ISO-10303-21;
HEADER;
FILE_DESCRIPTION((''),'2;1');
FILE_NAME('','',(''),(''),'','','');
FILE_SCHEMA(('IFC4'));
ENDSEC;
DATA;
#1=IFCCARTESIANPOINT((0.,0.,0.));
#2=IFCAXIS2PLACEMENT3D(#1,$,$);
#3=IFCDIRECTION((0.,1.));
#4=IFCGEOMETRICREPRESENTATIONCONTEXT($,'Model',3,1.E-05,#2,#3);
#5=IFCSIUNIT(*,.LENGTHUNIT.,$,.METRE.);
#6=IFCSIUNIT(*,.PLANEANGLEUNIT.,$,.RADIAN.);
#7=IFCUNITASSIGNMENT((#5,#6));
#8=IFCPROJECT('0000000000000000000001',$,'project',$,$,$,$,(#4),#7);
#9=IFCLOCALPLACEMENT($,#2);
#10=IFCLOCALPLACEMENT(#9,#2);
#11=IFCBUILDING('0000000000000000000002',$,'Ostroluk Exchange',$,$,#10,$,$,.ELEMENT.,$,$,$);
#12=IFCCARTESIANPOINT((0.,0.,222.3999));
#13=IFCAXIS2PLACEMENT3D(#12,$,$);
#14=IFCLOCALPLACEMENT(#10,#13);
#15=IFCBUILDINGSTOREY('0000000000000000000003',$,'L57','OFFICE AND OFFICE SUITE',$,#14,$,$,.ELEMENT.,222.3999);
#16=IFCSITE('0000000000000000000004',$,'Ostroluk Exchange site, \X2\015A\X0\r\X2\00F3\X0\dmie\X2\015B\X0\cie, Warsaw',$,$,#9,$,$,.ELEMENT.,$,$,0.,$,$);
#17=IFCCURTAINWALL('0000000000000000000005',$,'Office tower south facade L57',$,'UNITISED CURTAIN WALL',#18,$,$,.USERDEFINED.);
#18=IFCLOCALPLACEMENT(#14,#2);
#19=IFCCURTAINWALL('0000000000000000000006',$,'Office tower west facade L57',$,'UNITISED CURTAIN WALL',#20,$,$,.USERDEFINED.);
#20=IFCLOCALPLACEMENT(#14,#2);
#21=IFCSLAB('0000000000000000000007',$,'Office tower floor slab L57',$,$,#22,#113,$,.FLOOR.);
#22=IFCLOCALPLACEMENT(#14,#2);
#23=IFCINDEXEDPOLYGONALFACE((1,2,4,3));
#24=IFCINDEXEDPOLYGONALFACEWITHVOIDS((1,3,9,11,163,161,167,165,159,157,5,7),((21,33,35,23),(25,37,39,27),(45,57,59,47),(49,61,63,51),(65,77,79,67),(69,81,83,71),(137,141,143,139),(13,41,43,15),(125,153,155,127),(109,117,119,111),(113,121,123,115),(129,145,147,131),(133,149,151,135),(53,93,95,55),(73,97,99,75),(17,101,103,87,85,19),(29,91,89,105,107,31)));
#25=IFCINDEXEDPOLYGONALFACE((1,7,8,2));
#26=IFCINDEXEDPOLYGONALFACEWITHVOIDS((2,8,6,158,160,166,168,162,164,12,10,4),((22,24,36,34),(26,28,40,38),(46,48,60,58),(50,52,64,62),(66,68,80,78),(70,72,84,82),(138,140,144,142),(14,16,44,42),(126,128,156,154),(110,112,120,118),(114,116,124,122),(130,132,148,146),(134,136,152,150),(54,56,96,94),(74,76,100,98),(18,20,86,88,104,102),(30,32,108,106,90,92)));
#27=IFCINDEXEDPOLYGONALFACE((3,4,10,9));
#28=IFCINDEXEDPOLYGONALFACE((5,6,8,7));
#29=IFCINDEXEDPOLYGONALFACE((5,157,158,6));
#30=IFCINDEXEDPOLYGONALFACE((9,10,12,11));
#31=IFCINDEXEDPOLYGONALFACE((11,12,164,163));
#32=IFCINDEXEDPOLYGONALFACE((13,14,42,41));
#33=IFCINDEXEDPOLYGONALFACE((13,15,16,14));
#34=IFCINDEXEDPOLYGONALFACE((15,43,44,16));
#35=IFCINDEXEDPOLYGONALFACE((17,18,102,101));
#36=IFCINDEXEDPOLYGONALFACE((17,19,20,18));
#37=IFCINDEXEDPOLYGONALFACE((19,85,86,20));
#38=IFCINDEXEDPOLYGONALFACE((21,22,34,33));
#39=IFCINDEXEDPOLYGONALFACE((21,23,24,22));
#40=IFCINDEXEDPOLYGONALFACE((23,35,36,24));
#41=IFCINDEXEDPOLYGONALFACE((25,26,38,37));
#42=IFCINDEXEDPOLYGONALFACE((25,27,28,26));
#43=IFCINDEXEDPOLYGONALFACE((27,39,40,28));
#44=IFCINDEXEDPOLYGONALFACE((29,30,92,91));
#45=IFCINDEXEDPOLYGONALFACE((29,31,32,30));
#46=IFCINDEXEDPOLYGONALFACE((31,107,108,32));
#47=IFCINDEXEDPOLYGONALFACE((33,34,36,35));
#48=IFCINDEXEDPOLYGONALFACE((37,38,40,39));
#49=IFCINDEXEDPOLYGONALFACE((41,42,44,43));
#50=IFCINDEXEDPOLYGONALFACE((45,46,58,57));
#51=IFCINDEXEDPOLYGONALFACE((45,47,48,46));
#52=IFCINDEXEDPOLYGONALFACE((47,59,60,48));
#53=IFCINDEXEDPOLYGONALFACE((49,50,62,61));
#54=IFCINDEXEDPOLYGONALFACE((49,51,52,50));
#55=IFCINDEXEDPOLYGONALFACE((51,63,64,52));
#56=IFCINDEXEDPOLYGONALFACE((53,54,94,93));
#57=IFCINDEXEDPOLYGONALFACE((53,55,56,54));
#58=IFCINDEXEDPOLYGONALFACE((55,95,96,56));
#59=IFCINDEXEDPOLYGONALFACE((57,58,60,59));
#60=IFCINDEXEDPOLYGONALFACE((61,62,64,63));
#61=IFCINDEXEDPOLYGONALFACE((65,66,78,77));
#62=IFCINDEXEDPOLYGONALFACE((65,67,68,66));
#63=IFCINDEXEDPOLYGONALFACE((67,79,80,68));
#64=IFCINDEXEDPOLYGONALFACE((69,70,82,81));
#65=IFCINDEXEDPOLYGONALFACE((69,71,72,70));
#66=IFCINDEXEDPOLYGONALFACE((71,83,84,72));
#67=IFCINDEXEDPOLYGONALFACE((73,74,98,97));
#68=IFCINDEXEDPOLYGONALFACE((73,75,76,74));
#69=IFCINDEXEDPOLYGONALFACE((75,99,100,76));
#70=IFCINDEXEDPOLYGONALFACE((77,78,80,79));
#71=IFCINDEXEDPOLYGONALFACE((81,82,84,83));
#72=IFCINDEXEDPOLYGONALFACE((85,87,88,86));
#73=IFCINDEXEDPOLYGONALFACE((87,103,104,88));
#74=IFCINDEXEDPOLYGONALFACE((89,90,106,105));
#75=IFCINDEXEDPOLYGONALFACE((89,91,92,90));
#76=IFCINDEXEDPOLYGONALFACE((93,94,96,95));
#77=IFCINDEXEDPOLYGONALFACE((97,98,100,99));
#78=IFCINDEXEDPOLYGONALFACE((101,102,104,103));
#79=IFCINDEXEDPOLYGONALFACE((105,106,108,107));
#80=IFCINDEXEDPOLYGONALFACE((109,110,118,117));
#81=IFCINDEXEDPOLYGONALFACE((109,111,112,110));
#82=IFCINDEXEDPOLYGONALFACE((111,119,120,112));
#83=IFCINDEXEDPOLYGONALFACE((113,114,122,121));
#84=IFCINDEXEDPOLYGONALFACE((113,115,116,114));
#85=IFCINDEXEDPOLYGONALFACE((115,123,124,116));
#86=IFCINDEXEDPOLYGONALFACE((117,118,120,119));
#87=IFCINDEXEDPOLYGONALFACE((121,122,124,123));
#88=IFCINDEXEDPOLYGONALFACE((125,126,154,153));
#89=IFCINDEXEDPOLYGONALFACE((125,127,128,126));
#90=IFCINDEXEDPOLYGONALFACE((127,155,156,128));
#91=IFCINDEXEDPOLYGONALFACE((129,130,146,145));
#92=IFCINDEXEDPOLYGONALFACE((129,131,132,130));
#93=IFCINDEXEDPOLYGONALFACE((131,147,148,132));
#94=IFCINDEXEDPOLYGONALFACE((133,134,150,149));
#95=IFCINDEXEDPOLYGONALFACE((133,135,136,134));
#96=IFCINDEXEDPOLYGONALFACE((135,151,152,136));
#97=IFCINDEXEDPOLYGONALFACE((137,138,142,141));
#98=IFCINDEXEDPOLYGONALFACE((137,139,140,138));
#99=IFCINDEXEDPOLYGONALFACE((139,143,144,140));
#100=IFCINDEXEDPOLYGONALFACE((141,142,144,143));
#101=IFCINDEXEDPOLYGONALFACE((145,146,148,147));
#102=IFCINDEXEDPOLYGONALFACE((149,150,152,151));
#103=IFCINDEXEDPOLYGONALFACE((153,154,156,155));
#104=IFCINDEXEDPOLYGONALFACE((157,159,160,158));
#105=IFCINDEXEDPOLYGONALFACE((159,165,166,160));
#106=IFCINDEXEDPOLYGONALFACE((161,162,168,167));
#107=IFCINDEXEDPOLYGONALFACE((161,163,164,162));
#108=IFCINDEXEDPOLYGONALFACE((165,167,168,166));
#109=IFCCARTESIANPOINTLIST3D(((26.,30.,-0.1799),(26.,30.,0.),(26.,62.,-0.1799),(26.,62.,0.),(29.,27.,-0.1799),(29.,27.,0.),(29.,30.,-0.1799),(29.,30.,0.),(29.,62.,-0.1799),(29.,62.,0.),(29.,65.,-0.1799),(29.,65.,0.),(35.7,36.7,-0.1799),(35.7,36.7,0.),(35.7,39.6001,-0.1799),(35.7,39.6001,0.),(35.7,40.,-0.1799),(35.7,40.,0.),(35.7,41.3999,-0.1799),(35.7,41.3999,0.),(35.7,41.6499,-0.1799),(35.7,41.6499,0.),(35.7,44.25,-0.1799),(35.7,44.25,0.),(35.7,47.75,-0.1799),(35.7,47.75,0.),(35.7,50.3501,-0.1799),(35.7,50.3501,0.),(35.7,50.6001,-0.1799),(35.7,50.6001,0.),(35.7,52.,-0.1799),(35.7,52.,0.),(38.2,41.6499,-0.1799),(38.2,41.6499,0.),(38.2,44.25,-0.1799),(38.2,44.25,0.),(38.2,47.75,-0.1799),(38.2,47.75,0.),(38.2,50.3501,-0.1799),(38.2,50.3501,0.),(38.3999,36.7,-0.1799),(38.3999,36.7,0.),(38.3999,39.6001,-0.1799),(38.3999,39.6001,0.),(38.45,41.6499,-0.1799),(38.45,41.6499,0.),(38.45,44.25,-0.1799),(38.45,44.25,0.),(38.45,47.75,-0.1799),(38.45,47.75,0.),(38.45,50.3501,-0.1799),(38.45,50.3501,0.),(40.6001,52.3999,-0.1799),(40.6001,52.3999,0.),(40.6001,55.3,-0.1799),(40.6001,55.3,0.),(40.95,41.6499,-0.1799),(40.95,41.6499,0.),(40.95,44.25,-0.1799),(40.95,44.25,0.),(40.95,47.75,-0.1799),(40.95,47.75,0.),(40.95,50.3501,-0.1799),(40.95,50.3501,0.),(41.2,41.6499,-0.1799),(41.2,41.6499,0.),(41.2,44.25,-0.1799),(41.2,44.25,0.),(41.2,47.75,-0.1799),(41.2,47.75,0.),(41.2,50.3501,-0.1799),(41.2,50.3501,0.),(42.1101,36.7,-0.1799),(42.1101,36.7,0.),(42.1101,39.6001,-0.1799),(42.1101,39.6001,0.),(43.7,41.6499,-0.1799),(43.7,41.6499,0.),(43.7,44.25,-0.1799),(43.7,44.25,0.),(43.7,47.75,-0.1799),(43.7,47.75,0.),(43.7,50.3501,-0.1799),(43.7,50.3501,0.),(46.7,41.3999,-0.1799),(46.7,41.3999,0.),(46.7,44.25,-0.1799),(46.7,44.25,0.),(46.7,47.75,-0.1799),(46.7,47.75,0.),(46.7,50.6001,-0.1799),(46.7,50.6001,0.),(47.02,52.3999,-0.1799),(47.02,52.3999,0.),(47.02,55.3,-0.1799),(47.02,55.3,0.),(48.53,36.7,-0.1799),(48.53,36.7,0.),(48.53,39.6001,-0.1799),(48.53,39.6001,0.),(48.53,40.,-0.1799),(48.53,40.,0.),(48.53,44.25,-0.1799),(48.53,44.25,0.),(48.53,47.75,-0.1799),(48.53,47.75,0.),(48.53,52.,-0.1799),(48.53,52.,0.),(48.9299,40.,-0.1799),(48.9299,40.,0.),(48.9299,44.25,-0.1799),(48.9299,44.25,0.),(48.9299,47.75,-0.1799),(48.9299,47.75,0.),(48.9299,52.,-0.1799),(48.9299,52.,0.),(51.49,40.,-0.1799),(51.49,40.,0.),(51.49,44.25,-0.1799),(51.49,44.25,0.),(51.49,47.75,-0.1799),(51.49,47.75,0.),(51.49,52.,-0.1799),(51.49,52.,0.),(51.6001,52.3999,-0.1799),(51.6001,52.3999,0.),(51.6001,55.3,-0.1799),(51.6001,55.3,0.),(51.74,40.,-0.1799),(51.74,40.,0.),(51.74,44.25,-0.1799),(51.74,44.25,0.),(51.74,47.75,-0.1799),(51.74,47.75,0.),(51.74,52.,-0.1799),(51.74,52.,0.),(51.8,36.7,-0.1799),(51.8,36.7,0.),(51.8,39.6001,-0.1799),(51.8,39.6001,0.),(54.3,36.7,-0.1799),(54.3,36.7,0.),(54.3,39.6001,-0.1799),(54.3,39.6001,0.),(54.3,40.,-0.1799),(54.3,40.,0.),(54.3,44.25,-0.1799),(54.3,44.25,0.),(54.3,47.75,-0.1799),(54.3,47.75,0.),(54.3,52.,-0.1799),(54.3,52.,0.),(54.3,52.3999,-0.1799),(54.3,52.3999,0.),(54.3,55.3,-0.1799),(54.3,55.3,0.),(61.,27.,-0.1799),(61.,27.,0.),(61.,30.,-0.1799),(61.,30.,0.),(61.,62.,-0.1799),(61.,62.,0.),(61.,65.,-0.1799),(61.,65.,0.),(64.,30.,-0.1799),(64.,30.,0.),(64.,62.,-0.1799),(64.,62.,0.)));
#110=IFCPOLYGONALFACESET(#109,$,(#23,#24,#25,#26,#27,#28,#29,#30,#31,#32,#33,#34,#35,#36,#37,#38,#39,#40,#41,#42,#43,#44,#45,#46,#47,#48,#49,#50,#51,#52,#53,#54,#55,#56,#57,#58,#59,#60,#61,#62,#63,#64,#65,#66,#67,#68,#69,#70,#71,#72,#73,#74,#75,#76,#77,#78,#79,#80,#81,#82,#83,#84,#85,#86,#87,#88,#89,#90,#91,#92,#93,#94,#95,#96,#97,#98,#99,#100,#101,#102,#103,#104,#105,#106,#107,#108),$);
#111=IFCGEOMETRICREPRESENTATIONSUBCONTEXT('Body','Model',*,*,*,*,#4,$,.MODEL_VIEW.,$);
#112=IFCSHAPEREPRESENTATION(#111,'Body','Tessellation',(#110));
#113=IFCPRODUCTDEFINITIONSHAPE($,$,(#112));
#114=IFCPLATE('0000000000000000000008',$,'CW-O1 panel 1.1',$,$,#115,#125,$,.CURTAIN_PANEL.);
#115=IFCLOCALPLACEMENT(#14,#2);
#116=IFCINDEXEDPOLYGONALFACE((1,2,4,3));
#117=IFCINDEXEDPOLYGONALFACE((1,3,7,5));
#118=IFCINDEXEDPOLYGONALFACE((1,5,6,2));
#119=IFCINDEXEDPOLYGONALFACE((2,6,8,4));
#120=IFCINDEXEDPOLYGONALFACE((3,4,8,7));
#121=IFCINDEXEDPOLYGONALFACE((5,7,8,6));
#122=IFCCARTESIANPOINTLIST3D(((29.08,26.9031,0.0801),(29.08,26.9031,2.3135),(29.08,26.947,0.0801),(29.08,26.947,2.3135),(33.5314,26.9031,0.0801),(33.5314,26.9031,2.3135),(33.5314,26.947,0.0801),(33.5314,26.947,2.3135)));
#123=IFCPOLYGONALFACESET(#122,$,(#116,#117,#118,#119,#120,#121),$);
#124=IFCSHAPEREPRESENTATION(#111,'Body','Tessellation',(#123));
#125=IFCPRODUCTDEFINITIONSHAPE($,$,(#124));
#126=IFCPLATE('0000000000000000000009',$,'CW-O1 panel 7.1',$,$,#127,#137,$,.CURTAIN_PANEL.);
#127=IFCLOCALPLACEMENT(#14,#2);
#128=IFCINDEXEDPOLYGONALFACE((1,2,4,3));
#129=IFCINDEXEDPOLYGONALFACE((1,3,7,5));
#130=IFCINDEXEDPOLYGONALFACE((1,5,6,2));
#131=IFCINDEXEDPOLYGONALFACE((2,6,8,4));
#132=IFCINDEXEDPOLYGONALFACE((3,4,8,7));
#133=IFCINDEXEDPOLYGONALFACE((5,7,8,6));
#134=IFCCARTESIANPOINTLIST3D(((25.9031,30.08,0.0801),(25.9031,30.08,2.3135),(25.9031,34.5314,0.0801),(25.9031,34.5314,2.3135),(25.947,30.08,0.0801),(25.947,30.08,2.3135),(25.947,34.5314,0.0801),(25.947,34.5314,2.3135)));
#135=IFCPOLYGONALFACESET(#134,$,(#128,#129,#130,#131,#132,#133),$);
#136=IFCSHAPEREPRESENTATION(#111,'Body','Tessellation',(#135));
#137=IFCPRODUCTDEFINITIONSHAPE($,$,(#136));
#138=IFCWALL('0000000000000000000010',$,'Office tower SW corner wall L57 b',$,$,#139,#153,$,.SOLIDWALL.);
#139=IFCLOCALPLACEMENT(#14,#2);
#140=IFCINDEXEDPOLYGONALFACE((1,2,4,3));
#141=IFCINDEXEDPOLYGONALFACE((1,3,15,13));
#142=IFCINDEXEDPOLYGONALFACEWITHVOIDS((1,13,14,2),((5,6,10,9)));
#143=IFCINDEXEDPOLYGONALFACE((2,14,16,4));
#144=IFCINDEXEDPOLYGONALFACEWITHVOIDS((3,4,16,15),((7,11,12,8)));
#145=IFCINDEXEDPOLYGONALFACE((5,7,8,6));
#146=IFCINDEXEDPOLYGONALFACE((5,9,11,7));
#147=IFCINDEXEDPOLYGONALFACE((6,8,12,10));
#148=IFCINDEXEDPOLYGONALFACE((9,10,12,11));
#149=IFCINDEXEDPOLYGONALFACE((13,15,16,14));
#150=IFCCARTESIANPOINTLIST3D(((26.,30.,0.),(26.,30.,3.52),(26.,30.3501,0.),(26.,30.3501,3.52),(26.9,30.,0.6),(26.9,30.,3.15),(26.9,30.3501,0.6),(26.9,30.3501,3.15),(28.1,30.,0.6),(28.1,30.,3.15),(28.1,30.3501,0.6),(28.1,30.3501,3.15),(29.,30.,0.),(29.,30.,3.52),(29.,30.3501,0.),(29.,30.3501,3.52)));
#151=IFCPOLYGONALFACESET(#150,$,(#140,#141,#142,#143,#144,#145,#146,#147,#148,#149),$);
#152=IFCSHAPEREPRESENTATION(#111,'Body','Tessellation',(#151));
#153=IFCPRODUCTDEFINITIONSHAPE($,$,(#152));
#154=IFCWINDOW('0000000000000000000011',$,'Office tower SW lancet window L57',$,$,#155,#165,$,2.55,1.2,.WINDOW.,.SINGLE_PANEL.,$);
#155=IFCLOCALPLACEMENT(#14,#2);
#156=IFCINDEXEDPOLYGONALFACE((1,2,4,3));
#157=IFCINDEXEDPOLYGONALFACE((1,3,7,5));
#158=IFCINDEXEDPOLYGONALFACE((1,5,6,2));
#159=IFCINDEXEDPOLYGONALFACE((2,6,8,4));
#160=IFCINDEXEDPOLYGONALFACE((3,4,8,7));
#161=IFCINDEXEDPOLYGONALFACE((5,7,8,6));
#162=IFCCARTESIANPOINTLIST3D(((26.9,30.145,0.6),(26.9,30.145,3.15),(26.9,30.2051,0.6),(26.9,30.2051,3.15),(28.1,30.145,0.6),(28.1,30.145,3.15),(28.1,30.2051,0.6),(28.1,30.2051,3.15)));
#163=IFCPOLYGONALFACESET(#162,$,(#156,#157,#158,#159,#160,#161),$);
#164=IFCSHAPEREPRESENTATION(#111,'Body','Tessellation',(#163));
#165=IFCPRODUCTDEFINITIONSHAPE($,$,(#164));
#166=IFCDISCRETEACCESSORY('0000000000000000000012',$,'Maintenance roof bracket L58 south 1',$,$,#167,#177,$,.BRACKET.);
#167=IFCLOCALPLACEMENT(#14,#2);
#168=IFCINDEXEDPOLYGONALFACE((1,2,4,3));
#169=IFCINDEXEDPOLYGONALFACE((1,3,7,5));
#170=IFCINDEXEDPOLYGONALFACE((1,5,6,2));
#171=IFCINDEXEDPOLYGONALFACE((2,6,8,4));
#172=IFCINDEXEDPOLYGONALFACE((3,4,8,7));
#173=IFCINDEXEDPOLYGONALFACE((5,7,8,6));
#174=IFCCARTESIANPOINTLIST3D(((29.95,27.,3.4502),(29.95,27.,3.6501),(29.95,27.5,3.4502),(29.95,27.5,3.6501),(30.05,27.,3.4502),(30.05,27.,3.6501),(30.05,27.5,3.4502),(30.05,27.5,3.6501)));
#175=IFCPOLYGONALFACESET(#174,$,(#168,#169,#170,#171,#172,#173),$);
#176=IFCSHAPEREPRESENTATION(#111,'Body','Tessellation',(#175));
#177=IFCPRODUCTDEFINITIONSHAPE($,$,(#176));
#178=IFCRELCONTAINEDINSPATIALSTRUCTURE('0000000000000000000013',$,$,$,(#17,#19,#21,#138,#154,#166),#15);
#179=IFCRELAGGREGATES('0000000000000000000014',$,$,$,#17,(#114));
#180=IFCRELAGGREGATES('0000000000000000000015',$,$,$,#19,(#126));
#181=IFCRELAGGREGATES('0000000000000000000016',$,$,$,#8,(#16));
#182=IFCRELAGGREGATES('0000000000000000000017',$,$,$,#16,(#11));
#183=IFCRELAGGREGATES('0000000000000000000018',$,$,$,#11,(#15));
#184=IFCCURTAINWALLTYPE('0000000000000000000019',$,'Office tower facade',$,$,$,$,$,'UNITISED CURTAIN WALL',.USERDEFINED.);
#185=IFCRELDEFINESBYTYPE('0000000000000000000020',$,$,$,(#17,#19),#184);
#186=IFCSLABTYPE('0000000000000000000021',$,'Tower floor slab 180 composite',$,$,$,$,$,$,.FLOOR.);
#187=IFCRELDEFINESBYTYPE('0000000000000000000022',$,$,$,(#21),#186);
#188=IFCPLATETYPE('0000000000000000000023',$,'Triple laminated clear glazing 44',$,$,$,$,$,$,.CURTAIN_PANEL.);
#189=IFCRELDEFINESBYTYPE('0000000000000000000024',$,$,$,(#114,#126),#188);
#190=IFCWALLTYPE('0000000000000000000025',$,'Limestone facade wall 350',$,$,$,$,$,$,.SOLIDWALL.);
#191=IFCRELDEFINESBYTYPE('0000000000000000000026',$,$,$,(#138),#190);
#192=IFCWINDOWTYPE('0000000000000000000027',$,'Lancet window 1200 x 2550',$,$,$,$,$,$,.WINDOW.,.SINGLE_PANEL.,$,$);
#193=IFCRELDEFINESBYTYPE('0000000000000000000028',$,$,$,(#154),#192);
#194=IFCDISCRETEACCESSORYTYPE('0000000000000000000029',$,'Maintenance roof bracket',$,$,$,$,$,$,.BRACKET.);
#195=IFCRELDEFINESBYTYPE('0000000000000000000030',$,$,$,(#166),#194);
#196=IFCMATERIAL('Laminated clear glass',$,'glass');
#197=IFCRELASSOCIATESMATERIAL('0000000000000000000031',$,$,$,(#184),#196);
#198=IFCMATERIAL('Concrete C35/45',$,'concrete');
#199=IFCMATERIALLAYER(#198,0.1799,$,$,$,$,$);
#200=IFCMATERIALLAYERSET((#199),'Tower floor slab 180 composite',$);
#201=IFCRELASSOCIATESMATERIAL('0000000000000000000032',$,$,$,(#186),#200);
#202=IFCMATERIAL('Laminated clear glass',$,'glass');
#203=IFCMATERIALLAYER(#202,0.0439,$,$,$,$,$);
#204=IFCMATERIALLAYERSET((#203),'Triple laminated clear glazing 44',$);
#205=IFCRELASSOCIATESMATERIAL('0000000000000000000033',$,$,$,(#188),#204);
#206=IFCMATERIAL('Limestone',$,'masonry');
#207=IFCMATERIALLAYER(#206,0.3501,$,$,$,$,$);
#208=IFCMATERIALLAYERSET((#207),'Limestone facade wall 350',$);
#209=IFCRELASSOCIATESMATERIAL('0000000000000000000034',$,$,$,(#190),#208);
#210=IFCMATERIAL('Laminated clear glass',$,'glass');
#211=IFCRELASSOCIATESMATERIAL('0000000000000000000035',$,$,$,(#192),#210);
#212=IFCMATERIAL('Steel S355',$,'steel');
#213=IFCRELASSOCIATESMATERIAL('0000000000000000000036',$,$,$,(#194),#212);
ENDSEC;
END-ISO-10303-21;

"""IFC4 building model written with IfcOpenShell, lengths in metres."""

from ifc_helpers import new_model, si_unit, direction, frame, frame_2d, origin, origin_2d, place, context, subcontext, project, spatial, polyline, rectangle, outline, extrude, material, layer, layer_set, type_object, element, fill, aggregate, save


model = new_model("IFC4")

# Units and contexts
model_context = context("Model", 3, precision=1e-05, world=origin(), true_north=direction((0.0, 1.0)))
body_context = subcontext(model_context, "Body", "Model", "MODEL_VIEW")
ifc_project = project(units=[si_unit("LENGTHUNIT", "METRE"), si_unit("PLANEANGLEUNIT", "RADIAN")], contexts=[model_context])

# Site, building, storey
site_placement = place(None, origin())
site = spatial("IfcSite", under=ifc_project, at=site_placement, Name="Ostroluk Exchange site, Śródmieście, Warsaw", CompositionType="ELEMENT", RefElevation=0.0)
building_placement = place(site_placement, origin())
building = spatial("IfcBuilding", under=site, at=building_placement, Name="Ostroluk Exchange", CompositionType="ELEMENT")
storey_placement = place(building_placement, frame((0.0, 0.0, 222.3999)))
storey = spatial("IfcBuildingStorey", under=building, at=storey_placement, Name="L57", Description="OFFICE AND OFFICE SUITE", CompositionType="ELEMENT", Elevation=222.3999)

# Curtain wall
ifc_material_1 = material(Name="Laminated clear glass", Category="glass")
curtain_wall_type = type_object("IfcCurtainWallType", Name="Office tower facade", ElementType="UNITISED CURTAIN WALL", PredefinedType="USERDEFINED", material=ifc_material_1)
curtain_wall_1_placement = place(storey_placement, origin())
curtain_wall_1 = element("IfcCurtainWall", 1, at=curtain_wall_1_placement, inside=storey, type_object=curtain_wall_type, Name="Office tower south facade L57", ObjectType="UNITISED CURTAIN WALL", PredefinedType="USERDEFINED")

# Curtain wall
curtain_wall_2_placement = place(storey_placement, origin())
curtain_wall_2 = element("IfcCurtainWall", 2, at=curtain_wall_2_placement, inside=storey, type_object=curtain_wall_type, Name="Office tower west facade L57", ObjectType="UNITISED CURTAIN WALL", PredefinedType="USERDEFINED")

# Slab
ifc_material_2 = material(Name="Concrete C35/45", Category="concrete")
ifc_layer_1 = layer(ifc_material_2, 0.1799)
ifc_layer_set_1 = layer_set([ifc_layer_1], Name="Tower floor slab 180 composite")
slab_type_1 = type_object("IfcSlabType", Name="Tower floor slab 180 composite", PredefinedType="FLOOR", material=ifc_layer_set_1)
slab_1_placement = place(storey_placement, frame((0.0, 0.0, -0.1799)))
element("IfcSlab", 3, at=slab_1_placement, inside=storey, type_object=slab_type_1, Name="Office tower floor slab L57", PredefinedType="FLOOR", context=body_context, shape_type="SweptSolid", body=[
    extrude(outline(polyline([(29.0, 27.0), (61.0, 27.0), (61.0, 30.0), (64.0, 30.0), (64.0, 62.0), (61.0, 62.0), (61.0, 65.0), (29.0, 65.0), (29.0, 62.0), (26.0, 62.0), (26.0, 30.0), (29.0, 30.0), (29.0, 27.0)]), holes=[polyline([(35.7, 36.7), (38.3999, 36.7), (38.3999, 39.6001), (35.7, 39.6001), (35.7, 36.7)]), polyline([(42.1101, 36.7), (48.53, 36.7), (48.53, 39.6001), (42.1101, 39.6001), (42.1101, 36.7)]), polyline([(51.8, 36.7), (54.3, 36.7), (54.3, 39.6001), (51.8, 39.6001), (51.8, 36.7)]), polyline([(40.6001, 52.3999), (47.02, 52.3999), (47.02, 55.3), (40.6001, 55.3), (40.6001, 52.3999)]), polyline([(51.6001, 52.3999), (54.3, 52.3999), (54.3, 55.3), (51.6001, 55.3), (51.6001, 52.3999)]), polyline([(35.7, 47.75), (38.2, 47.75), (38.2, 50.3501), (35.7, 50.3501), (35.7, 47.75)]), polyline([(38.45, 47.75), (40.95, 47.75), (40.95, 50.3501), (38.45, 50.3501), (38.45, 47.75)]), polyline([(41.2, 47.75), (43.7, 47.75), (43.7, 50.3501), (41.2, 50.3501), (41.2, 47.75)]), polyline([(35.7, 41.6499), (38.2, 41.6499), (38.2, 44.25), (35.7, 44.25), (35.7, 41.6499)]), polyline([(38.45, 41.6499), (40.95, 41.6499), (40.95, 44.25), (38.45, 44.25), (38.45, 41.6499)]), polyline([(41.2, 41.6499), (43.7, 41.6499), (43.7, 44.25), (41.2, 44.25), (41.2, 41.6499)]), polyline([(48.9299, 47.75), (51.49, 47.75), (51.49, 52.0), (48.9299, 52.0), (48.9299, 47.75)]), polyline([(51.74, 47.75), (54.3, 47.75), (54.3, 52.0), (51.74, 52.0), (51.74, 47.75)]), polyline([(48.9299, 40.0), (51.49, 40.0), (51.49, 44.25), (48.9299, 44.25), (48.9299, 40.0)]), polyline([(51.74, 40.0), (54.3, 40.0), (54.3, 44.25), (51.74, 44.25), (51.74, 40.0)]), polyline([(48.53, 52.0), (48.53, 47.75), (46.7, 47.75), (46.7, 50.6001), (35.7, 50.6001), (35.7, 52.0), (48.53, 52.0)]), polyline([(35.7, 40.0), (35.7, 41.3999), (46.7, 41.3999), (46.7, 44.25), (48.53, 44.25), (48.53, 40.0), (35.7, 40.0)])]), origin(), (0.0, 0.0, 1.0), 0.1799),
])

# Plates
ifc_material_3 = material(Name="Laminated clear glass", Category="glass")
ifc_layer_2 = layer(ifc_material_3, 0.0439)
ifc_layer_set_2 = layer_set([ifc_layer_2], Name="Triple laminated clear glazing 44")
plate_type_1 = type_object("IfcPlateType", Name="Triple laminated clear glazing 44", PredefinedType="CURTAIN_PANEL", material=ifc_layer_set_2)
plate_1_placement = place(storey_placement, frame((31.3057, 26.925, 0.0801), z_axis=(0.0, 0.0, 1.0), x_axis=(1.0, 0.0, 0.0)))
plate_1 = element("IfcPlate", 4, at=plate_1_placement, type_object=plate_type_1, Name="CW-O1 panel 1.1", PredefinedType="CURTAIN_PANEL", context=body_context, shape_type="SweptSolid", body=[
    extrude(rectangle(XDim=4.4514, YDim=0.0439, at=origin_2d()), origin(), (0.0, 0.0, 1.0), 2.2334),
])
aggregate(curtain_wall_1, [plate_1])
plate_2_placement = place(storey_placement, frame((25.925, 32.3057, 0.0801), z_axis=(0.0, 0.0, 1.0), x_axis=(0.0, -1.0, 0.0)))
plate_2 = element("IfcPlate", 5, at=plate_2_placement, type_object=plate_type_1, Name="CW-O1 panel 7.1", PredefinedType="CURTAIN_PANEL", context=body_context, shape_type="SweptSolid", body=[
    extrude(rectangle(XDim=4.4514, YDim=0.0439, at=origin_2d()), origin(), (0.0, 0.0, 1.0), 2.2334),
])
aggregate(curtain_wall_2, [plate_2])

# Shared definitions
ifc_material_4 = material(Name="Limestone", Category="masonry")
ifc_layer_3 = layer(ifc_material_4, 0.3501)
ifc_layer_set_3 = layer_set([ifc_layer_3], Name="Limestone facade wall 350")
wall_type = type_object("IfcWallType", Name="Limestone facade wall 350", PredefinedType="SOLIDWALL", material=ifc_layer_set_3)

# Wall, opening, window
wall_1_placement = place(storey_placement, frame((29.0, 30.175, 0.0), z_axis=(0.0, 0.0, 1.0), x_axis=(-1.0, 0.0, 0.0)))
wall_1 = element("IfcWall", 6, at=wall_1_placement, inside=storey, type_object=wall_type, Name="Office tower SW corner wall L57 b", PredefinedType="SOLIDWALL", context=body_context, shape_type="SweptSolid", body=[
    extrude(rectangle(XDim=3.0, YDim=0.3501, at=frame_2d((1.5, 0.0))), origin(), (0.0, 0.0, 1.0), 3.52),
])
opening_1_placement = place(wall_1_placement, frame((0.8999, 0.0, 0.6001)))
opening_1 = element("IfcOpeningElement", 7, at=opening_1_placement, cuts=wall_1, PredefinedType="OPENING", context=body_context, shape_type="SweptSolid", body=[
    extrude(rectangle(XDim=1.2, YDim=2.55, at=frame_2d((0.6001, 1.2749))), frame((0.0, 0.1851, 0.0), z_axis=(0.0, -1.0, 0.0), x_axis=(1.0, 0.0, 0.0)), (0.0, 0.0, 1.0), 0.3701),
])
ifc_material_5 = material(Name="Laminated clear glass", Category="glass")
window_type = type_object("IfcWindowType", Name="Lancet window 1200 x 2550", PartitioningType="SINGLE_PANEL", PredefinedType="WINDOW", material=ifc_material_5)
window_placement = place(opening_1_placement, origin())
window = element("IfcWindow", 8, at=window_placement, inside=storey, type_object=window_type, Name="Office tower SW lancet window L57", OverallHeight=2.55, OverallWidth=1.2, PartitioningType="SINGLE_PANEL", PredefinedType="WINDOW", context=body_context, shape_type="SweptSolid", body=[
    extrude(rectangle(XDim=1.2, YDim=2.55, at=frame_2d((0.6001, 1.2749))), frame((0.0, 0.03, 0.0), z_axis=(0.0, -1.0, 0.0), x_axis=(1.0, 0.0, 0.0)), (0.0, 0.0, 1.0), 0.0601),
])
fill(opening_1, window)

# Discrete accessory
ifc_material_6 = material(Name="Steel S355", Category="steel")
discrete_accessory_type = type_object("IfcDiscreteAccessoryType", Name="Maintenance roof bracket", PredefinedType="BRACKET", material=ifc_material_6)
discrete_accessory_1_placement = place(storey_placement, frame((30.0, 27.25, 3.4502), z_axis=(0.0, 0.0, 1.0), x_axis=(1.0, 0.0, 0.0)))
element("IfcDiscreteAccessory", 9, at=discrete_accessory_1_placement, inside=storey, type_object=discrete_accessory_type, Name="Maintenance roof bracket L58 south 1", PredefinedType="BRACKET", context=body_context, shape_type="SweptSolid", body=[
    extrude(rectangle(XDim=0.1001, YDim=0.5, at=origin_2d()), origin(), (0.0, 0.0, 1.0), 0.2),
])

save(model, "model.ifc")
